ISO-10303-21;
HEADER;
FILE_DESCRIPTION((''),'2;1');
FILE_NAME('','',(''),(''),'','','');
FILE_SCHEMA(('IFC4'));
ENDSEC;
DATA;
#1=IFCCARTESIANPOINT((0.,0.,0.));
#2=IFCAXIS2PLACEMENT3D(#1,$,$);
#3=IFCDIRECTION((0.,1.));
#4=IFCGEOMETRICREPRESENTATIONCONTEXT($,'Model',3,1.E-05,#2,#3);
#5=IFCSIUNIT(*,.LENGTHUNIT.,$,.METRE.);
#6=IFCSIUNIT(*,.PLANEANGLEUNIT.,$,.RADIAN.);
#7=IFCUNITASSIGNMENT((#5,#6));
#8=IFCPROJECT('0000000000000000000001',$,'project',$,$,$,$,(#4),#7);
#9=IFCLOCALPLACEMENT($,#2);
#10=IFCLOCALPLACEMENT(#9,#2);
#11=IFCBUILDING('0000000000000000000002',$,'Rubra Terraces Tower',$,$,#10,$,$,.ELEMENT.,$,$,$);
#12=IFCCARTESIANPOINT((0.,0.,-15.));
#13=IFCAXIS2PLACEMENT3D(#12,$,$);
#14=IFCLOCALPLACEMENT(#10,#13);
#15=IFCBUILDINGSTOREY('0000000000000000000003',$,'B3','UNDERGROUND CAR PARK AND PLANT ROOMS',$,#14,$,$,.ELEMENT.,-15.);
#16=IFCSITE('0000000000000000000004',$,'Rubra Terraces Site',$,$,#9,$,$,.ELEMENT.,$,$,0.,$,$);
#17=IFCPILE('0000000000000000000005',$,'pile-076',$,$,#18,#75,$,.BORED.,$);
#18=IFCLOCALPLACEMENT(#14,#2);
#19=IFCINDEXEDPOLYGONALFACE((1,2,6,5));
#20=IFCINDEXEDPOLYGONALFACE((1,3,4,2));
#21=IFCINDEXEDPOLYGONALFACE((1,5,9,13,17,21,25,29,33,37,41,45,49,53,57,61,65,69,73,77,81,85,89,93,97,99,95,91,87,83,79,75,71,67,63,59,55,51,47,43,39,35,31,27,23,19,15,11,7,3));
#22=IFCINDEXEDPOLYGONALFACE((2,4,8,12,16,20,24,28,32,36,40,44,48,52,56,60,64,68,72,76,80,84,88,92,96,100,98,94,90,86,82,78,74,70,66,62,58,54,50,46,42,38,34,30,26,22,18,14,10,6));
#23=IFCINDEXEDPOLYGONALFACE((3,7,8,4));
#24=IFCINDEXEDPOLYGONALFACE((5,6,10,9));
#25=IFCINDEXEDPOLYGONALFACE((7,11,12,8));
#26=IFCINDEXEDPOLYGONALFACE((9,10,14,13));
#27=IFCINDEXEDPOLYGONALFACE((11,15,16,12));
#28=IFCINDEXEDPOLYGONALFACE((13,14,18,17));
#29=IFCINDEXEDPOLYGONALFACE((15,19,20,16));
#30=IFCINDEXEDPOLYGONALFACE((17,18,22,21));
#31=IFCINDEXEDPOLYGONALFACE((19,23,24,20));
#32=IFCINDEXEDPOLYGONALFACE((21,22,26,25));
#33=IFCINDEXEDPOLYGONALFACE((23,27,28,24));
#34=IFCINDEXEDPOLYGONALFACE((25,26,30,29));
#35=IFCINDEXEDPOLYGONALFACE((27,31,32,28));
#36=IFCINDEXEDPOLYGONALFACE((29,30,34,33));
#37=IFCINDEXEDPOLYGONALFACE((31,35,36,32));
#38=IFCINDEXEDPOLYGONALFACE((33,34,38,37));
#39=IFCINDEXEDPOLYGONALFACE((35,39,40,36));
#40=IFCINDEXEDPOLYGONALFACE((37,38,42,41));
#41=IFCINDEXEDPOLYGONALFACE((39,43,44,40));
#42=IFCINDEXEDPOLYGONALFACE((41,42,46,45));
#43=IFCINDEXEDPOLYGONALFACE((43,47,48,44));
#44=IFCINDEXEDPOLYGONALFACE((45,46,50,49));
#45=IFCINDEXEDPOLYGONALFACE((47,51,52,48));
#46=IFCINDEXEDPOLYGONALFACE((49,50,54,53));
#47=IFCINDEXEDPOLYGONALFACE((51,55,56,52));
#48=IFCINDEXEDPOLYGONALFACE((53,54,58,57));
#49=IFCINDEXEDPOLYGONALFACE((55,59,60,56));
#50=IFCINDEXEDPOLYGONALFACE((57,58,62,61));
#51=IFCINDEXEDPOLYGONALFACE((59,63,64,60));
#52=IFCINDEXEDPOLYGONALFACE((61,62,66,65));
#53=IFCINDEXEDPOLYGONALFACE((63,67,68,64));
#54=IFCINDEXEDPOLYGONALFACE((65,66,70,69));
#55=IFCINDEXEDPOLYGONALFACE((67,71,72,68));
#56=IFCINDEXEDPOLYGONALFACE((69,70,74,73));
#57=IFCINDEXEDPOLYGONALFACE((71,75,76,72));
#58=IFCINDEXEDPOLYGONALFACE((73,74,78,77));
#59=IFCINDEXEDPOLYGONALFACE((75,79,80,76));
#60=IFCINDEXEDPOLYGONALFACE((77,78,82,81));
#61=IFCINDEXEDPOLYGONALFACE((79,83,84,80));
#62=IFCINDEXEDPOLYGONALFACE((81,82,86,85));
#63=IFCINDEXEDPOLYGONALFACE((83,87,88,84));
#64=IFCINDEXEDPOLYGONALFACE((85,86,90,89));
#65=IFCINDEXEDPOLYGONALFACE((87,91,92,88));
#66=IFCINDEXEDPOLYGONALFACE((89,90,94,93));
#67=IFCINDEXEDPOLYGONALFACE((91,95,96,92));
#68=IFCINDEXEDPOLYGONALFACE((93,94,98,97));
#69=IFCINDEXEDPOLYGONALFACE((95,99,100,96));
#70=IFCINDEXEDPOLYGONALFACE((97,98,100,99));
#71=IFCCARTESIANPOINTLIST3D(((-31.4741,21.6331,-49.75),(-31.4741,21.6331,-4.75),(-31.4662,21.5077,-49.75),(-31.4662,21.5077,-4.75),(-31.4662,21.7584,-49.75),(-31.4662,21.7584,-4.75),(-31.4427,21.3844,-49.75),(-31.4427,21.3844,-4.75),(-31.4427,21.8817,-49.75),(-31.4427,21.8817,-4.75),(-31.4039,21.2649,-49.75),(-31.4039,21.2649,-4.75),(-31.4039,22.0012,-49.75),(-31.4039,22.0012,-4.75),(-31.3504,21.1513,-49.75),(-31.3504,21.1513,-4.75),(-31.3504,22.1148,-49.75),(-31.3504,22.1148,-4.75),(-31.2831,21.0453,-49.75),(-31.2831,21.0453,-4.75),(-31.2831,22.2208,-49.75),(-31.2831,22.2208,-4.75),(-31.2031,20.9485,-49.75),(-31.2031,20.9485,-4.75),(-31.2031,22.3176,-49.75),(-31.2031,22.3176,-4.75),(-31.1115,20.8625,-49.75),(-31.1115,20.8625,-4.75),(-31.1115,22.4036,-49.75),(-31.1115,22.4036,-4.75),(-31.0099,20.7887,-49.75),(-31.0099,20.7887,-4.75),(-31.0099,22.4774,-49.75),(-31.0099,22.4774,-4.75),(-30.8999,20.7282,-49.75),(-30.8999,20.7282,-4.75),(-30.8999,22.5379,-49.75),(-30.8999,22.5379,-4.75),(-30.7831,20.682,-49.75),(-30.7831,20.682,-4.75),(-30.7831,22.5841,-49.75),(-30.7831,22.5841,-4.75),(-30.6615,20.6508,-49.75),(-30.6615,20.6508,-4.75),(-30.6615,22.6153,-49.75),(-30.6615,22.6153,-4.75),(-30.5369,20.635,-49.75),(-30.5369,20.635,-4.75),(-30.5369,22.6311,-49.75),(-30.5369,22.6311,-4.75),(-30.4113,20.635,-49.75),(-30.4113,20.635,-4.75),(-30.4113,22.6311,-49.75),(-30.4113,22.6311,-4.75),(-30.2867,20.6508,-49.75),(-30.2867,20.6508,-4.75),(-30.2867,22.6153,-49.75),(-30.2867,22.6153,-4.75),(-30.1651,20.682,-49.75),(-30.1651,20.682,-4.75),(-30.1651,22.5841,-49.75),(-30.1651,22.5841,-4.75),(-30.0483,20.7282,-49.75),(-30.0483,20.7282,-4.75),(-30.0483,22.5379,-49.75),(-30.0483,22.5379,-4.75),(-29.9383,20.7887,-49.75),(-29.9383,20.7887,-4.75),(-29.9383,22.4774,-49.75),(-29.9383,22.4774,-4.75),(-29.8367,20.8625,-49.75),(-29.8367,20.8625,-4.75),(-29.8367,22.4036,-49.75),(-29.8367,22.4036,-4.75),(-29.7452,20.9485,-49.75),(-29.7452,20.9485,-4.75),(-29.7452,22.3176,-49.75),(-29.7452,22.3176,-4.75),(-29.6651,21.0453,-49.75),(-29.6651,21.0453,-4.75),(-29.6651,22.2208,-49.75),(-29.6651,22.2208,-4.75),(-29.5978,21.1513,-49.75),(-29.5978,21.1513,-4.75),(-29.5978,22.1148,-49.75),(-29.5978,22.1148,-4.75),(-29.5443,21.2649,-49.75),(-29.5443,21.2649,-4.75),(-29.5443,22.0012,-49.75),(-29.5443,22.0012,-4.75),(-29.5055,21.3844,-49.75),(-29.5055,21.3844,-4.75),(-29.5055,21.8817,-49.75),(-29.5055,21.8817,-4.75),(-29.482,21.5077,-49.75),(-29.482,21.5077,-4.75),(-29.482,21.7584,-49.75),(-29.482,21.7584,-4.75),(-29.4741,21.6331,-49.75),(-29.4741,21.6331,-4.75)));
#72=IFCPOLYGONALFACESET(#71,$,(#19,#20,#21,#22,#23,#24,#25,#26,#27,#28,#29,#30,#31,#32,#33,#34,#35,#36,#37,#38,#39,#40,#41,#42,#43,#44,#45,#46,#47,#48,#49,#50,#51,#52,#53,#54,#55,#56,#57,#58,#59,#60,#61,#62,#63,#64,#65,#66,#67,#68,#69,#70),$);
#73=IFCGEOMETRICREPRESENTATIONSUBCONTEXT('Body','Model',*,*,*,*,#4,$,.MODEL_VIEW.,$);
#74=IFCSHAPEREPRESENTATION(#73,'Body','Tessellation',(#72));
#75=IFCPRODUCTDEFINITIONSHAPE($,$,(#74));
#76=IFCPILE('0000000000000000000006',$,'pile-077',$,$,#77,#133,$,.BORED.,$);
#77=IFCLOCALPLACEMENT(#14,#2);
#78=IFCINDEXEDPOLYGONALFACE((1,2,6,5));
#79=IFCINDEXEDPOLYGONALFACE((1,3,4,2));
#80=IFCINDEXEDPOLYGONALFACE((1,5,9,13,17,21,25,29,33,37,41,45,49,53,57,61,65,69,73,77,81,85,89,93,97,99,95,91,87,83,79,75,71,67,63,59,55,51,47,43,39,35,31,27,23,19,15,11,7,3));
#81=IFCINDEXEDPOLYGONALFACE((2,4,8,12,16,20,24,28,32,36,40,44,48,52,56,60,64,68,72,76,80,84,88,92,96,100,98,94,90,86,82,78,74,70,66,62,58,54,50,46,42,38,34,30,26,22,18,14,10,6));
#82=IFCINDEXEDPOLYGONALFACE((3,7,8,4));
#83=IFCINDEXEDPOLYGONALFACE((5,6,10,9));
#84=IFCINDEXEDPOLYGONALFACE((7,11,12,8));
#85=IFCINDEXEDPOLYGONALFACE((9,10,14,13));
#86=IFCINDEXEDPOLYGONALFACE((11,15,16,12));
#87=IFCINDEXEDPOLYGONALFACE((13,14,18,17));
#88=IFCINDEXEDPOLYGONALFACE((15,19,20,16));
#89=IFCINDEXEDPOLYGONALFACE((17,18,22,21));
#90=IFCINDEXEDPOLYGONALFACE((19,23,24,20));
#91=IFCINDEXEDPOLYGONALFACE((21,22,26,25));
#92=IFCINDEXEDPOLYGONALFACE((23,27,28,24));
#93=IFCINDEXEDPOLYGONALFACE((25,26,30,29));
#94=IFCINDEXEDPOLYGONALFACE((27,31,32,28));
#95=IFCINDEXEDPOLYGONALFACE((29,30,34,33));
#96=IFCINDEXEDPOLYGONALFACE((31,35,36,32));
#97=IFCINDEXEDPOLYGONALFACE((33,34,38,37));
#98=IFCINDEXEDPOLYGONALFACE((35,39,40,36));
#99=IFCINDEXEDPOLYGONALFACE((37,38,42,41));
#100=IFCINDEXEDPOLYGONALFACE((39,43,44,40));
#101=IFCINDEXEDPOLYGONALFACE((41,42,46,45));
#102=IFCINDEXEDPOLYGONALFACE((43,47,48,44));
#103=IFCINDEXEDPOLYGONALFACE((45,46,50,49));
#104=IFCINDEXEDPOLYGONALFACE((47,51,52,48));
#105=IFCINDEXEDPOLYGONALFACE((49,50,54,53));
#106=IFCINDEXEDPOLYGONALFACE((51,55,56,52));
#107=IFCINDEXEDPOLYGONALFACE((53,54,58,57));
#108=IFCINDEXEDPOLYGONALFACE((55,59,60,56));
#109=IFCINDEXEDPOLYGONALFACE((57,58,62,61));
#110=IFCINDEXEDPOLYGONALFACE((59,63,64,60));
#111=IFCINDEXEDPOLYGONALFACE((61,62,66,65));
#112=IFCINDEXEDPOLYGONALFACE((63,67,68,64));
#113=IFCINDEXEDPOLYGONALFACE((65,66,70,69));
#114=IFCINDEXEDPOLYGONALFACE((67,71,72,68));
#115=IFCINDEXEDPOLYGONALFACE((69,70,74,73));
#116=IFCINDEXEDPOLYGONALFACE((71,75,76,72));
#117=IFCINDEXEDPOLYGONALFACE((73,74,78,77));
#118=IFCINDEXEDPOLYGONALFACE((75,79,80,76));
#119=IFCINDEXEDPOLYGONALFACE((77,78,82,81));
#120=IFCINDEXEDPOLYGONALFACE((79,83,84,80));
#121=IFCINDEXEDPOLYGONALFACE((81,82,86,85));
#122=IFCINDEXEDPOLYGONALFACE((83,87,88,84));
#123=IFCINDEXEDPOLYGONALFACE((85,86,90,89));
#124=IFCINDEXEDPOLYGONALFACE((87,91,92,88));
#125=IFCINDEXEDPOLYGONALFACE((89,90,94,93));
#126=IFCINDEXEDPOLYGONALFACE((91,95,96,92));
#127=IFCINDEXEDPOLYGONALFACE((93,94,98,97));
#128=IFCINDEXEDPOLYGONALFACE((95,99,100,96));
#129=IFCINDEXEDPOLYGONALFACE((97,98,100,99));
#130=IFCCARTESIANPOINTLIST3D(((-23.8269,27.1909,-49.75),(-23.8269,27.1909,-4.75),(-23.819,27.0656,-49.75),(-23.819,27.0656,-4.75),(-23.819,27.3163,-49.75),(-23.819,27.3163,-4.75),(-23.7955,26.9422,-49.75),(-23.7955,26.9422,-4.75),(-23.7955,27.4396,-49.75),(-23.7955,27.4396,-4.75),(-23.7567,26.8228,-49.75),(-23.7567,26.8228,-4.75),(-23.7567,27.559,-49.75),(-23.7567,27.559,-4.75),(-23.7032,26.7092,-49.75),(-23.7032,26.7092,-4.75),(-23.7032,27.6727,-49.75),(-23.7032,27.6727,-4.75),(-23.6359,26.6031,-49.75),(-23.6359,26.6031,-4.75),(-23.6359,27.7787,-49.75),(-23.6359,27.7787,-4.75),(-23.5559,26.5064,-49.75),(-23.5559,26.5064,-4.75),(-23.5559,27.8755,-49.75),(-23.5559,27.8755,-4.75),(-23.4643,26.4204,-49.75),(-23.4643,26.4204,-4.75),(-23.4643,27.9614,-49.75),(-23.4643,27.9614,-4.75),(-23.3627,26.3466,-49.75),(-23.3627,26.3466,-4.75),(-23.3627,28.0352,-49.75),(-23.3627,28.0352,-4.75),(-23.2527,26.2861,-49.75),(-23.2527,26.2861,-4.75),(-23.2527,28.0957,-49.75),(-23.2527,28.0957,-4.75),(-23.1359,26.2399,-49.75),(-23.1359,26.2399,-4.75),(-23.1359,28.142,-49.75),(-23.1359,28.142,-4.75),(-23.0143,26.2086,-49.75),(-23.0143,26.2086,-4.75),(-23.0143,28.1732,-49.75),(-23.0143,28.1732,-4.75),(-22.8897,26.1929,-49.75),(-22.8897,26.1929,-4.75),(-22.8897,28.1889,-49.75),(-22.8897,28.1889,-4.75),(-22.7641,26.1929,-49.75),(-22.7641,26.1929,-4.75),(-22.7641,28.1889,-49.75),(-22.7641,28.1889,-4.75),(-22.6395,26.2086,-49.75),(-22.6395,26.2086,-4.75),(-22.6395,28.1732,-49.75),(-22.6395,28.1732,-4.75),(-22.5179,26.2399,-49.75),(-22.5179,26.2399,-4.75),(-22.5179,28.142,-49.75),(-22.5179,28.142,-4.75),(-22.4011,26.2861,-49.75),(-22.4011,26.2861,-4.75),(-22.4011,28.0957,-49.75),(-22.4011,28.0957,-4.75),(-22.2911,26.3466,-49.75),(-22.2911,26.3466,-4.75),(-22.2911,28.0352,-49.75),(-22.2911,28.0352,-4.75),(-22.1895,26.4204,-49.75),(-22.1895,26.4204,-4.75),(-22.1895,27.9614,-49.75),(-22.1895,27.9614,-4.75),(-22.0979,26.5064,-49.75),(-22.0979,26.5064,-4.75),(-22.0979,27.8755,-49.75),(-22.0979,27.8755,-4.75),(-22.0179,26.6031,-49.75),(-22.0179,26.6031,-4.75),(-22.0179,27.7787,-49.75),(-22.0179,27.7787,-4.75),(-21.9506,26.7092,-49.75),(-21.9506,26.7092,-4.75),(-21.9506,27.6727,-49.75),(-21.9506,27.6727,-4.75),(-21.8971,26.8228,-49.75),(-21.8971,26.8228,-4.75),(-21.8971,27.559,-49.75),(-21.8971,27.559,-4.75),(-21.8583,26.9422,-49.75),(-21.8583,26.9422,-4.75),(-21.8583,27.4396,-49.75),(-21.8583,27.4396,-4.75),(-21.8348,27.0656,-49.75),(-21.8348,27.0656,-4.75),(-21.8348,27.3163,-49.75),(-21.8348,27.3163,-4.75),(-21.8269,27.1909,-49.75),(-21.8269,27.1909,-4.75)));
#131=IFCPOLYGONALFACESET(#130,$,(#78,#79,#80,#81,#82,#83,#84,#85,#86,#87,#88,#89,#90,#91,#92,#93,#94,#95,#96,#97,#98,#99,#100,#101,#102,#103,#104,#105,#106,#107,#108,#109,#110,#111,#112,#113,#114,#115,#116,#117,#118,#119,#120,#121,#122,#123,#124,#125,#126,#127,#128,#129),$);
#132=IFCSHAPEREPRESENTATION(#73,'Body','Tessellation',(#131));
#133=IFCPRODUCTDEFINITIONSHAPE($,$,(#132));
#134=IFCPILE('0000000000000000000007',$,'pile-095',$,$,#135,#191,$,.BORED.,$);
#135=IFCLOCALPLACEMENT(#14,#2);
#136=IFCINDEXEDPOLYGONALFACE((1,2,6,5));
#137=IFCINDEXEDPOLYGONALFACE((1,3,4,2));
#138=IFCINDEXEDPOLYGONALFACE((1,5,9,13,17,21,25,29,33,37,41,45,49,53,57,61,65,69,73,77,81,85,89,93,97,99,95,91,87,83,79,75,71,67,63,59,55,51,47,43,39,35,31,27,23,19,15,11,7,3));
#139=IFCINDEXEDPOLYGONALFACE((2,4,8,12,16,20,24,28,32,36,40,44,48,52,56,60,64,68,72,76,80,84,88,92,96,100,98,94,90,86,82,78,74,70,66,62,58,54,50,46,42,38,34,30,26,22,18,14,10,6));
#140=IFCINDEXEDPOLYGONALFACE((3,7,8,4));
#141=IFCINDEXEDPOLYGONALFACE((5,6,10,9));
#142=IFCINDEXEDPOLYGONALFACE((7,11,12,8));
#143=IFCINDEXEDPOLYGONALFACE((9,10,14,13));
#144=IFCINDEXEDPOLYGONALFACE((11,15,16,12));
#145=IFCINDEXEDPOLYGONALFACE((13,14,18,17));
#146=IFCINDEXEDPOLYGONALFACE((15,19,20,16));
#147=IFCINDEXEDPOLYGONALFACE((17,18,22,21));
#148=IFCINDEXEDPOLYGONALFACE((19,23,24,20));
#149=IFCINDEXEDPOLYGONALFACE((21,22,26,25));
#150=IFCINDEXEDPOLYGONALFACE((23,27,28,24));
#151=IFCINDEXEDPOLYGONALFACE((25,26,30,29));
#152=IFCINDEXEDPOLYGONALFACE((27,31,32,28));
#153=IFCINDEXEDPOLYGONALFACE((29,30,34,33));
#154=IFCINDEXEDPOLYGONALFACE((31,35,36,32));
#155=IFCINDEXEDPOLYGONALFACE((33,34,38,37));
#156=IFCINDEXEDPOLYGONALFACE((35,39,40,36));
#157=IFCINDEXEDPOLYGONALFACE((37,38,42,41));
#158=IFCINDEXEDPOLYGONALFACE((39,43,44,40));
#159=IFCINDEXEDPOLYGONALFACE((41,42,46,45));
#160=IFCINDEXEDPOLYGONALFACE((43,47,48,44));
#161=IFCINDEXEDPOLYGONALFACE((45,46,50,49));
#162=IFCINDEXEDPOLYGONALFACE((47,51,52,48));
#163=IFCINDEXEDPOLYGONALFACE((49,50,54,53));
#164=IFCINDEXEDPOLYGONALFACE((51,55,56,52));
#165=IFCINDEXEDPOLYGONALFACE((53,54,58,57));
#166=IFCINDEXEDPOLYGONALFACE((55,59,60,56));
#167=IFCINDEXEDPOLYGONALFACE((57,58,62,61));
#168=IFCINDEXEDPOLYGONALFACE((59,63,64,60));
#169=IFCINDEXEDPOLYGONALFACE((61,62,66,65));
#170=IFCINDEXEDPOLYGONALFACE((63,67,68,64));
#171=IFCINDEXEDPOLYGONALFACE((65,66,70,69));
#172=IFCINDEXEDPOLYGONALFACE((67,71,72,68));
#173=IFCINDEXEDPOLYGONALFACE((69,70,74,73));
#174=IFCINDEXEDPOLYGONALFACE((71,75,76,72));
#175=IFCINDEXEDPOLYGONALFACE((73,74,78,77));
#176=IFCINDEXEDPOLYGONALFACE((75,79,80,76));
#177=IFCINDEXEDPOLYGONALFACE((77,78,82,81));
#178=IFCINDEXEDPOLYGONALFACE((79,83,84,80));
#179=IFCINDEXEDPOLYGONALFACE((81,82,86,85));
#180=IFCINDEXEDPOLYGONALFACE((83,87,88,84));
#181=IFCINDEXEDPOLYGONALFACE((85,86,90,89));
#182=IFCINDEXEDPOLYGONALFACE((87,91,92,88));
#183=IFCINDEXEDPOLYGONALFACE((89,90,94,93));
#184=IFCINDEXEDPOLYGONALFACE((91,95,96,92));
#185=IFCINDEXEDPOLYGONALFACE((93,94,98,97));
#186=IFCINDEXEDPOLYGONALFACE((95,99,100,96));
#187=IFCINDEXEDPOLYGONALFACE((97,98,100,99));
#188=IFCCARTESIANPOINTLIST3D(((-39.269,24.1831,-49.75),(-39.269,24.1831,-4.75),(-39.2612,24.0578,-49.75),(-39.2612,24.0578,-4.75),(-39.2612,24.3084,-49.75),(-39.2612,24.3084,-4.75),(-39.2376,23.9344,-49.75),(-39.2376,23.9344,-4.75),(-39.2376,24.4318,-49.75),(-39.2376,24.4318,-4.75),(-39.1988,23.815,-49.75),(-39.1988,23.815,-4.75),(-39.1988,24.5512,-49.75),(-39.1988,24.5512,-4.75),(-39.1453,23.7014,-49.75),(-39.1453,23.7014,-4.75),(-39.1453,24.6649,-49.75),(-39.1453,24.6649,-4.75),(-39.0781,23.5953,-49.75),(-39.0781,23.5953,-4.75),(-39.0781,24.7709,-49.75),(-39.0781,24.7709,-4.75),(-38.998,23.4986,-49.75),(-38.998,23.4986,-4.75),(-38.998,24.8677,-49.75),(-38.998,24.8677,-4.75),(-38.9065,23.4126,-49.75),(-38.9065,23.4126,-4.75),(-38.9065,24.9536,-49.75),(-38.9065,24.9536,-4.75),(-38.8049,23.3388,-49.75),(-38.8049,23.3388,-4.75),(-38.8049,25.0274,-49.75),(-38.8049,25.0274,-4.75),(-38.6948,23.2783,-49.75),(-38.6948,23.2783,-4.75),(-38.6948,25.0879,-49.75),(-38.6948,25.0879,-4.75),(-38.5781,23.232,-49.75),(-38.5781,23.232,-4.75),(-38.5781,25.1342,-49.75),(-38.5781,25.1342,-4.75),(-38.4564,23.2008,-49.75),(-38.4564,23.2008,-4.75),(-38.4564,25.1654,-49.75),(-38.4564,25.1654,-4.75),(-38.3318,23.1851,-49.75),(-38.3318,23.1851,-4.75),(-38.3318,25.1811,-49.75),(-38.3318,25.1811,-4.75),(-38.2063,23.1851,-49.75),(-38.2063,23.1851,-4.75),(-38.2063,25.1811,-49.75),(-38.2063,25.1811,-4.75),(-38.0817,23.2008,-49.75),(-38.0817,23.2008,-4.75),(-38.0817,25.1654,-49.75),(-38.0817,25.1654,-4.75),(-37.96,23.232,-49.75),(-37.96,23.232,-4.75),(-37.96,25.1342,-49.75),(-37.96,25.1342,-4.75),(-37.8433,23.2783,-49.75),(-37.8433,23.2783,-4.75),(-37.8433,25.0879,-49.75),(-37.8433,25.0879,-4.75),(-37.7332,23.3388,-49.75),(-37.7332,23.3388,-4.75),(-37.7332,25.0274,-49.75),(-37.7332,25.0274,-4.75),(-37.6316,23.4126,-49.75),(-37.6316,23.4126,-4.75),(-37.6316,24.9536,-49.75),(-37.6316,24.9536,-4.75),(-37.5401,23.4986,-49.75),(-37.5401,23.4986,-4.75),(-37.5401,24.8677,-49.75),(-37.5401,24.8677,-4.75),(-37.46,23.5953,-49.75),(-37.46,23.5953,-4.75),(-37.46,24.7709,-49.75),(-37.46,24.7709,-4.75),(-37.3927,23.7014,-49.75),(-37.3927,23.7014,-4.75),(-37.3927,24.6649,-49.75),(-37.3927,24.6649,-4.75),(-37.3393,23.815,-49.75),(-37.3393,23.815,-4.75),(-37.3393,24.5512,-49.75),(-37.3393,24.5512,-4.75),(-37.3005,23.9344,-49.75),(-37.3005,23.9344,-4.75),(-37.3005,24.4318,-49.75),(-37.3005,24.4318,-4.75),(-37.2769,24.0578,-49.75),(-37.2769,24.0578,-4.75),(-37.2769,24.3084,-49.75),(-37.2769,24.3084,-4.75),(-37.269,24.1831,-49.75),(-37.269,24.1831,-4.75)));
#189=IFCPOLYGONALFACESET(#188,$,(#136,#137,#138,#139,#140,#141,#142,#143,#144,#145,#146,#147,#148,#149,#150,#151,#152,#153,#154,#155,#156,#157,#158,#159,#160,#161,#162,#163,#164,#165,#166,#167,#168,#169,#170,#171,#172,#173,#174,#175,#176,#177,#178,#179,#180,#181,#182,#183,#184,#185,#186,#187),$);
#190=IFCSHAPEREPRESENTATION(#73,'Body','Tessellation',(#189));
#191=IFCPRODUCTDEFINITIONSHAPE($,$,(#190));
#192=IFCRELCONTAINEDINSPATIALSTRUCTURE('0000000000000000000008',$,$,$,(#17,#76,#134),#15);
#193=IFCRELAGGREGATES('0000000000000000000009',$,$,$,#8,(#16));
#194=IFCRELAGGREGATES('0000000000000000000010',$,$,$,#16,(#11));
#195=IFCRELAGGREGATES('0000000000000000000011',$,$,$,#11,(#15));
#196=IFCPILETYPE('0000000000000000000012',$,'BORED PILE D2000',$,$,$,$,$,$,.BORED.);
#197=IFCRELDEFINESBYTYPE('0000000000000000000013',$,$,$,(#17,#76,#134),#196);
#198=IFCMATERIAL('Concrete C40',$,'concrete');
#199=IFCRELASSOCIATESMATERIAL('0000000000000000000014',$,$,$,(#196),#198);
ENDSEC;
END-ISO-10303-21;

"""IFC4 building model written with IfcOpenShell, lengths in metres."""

from ifc_helpers import new_model, si_unit, direction, frame, origin, origin_2d, place, context, subcontext, project, spatial, circle, extrude, material, material_profile, profile_set, type_object, element, save


model = new_model("IFC4")

# Units and contexts
model_context = context("Model", 3, precision=1e-05, world=origin(), true_north=direction((0.0, 1.0)))
body_context = subcontext(model_context, "Body", "Model", "MODEL_VIEW")
ifc_project = project(units=[si_unit("LENGTHUNIT", "METRE"), si_unit("PLANEANGLEUNIT", "RADIAN")], contexts=[model_context])

# Site, building, storey
site_placement = place(None, origin())
site = spatial("IfcSite", under=ifc_project, at=site_placement, Name="Rubra Terraces Site", CompositionType="ELEMENT", RefElevation=0.0)
building_placement = place(site_placement, origin())
building = spatial("IfcBuilding", under=site, at=building_placement, Name="Rubra Terraces Tower", CompositionType="ELEMENT")
storey_placement = place(building_placement, frame((0.0, 0.0, -15.0)))
storey = spatial("IfcBuildingStorey", under=building, at=storey_placement, Name="B3", Description="UNDERGROUND CAR PARK AND PLANT ROOMS", CompositionType="ELEMENT", Elevation=-15.0)

# Piles
ifc_material_1 = material(Name="Concrete C40", Category="concrete")
ifc_material_profile_1 = material_profile(ifc_material_1, circle(Radius=1.0, at=origin_2d()), Name="BORED PILE D2000")
ifc_profile_set_1 = profile_set([ifc_material_profile_1], Name="Concrete C40")
pile_type = type_object("IfcPileType", Name="BORED PILE D2000", PredefinedType="BORED", material=ifc_profile_set_1)
for number, where, z_axis, x_axis, name in (
    (1, (-30.4741, 21.6331, -4.75), (0.0, 0.0, -1.0), (1.0, 0.0, 0.0), "pile-076"),
    (2, (-22.8269, 27.1909, -4.75), (0.0, 0.0, -1.0), (1.0, 0.0, 0.0), "pile-077"),
    (3, (-38.269, 24.1831, -4.75), (0.0, 0.0, -1.0), (1.0, 0.0, 0.0), "pile-095"),
):
    element("IfcPile", number, at=place(storey_placement, frame(where, z_axis=z_axis, x_axis=x_axis)), inside=storey, type_object=pile_type, Name=name, PredefinedType="BORED", context=body_context, shape_type="SweptSolid", body=[
        extrude(circle(Radius=1.0, at=origin_2d()), origin(), (0.0, 0.0, 1.0), 45.0),
    ])

save(model, "model.ifc")
